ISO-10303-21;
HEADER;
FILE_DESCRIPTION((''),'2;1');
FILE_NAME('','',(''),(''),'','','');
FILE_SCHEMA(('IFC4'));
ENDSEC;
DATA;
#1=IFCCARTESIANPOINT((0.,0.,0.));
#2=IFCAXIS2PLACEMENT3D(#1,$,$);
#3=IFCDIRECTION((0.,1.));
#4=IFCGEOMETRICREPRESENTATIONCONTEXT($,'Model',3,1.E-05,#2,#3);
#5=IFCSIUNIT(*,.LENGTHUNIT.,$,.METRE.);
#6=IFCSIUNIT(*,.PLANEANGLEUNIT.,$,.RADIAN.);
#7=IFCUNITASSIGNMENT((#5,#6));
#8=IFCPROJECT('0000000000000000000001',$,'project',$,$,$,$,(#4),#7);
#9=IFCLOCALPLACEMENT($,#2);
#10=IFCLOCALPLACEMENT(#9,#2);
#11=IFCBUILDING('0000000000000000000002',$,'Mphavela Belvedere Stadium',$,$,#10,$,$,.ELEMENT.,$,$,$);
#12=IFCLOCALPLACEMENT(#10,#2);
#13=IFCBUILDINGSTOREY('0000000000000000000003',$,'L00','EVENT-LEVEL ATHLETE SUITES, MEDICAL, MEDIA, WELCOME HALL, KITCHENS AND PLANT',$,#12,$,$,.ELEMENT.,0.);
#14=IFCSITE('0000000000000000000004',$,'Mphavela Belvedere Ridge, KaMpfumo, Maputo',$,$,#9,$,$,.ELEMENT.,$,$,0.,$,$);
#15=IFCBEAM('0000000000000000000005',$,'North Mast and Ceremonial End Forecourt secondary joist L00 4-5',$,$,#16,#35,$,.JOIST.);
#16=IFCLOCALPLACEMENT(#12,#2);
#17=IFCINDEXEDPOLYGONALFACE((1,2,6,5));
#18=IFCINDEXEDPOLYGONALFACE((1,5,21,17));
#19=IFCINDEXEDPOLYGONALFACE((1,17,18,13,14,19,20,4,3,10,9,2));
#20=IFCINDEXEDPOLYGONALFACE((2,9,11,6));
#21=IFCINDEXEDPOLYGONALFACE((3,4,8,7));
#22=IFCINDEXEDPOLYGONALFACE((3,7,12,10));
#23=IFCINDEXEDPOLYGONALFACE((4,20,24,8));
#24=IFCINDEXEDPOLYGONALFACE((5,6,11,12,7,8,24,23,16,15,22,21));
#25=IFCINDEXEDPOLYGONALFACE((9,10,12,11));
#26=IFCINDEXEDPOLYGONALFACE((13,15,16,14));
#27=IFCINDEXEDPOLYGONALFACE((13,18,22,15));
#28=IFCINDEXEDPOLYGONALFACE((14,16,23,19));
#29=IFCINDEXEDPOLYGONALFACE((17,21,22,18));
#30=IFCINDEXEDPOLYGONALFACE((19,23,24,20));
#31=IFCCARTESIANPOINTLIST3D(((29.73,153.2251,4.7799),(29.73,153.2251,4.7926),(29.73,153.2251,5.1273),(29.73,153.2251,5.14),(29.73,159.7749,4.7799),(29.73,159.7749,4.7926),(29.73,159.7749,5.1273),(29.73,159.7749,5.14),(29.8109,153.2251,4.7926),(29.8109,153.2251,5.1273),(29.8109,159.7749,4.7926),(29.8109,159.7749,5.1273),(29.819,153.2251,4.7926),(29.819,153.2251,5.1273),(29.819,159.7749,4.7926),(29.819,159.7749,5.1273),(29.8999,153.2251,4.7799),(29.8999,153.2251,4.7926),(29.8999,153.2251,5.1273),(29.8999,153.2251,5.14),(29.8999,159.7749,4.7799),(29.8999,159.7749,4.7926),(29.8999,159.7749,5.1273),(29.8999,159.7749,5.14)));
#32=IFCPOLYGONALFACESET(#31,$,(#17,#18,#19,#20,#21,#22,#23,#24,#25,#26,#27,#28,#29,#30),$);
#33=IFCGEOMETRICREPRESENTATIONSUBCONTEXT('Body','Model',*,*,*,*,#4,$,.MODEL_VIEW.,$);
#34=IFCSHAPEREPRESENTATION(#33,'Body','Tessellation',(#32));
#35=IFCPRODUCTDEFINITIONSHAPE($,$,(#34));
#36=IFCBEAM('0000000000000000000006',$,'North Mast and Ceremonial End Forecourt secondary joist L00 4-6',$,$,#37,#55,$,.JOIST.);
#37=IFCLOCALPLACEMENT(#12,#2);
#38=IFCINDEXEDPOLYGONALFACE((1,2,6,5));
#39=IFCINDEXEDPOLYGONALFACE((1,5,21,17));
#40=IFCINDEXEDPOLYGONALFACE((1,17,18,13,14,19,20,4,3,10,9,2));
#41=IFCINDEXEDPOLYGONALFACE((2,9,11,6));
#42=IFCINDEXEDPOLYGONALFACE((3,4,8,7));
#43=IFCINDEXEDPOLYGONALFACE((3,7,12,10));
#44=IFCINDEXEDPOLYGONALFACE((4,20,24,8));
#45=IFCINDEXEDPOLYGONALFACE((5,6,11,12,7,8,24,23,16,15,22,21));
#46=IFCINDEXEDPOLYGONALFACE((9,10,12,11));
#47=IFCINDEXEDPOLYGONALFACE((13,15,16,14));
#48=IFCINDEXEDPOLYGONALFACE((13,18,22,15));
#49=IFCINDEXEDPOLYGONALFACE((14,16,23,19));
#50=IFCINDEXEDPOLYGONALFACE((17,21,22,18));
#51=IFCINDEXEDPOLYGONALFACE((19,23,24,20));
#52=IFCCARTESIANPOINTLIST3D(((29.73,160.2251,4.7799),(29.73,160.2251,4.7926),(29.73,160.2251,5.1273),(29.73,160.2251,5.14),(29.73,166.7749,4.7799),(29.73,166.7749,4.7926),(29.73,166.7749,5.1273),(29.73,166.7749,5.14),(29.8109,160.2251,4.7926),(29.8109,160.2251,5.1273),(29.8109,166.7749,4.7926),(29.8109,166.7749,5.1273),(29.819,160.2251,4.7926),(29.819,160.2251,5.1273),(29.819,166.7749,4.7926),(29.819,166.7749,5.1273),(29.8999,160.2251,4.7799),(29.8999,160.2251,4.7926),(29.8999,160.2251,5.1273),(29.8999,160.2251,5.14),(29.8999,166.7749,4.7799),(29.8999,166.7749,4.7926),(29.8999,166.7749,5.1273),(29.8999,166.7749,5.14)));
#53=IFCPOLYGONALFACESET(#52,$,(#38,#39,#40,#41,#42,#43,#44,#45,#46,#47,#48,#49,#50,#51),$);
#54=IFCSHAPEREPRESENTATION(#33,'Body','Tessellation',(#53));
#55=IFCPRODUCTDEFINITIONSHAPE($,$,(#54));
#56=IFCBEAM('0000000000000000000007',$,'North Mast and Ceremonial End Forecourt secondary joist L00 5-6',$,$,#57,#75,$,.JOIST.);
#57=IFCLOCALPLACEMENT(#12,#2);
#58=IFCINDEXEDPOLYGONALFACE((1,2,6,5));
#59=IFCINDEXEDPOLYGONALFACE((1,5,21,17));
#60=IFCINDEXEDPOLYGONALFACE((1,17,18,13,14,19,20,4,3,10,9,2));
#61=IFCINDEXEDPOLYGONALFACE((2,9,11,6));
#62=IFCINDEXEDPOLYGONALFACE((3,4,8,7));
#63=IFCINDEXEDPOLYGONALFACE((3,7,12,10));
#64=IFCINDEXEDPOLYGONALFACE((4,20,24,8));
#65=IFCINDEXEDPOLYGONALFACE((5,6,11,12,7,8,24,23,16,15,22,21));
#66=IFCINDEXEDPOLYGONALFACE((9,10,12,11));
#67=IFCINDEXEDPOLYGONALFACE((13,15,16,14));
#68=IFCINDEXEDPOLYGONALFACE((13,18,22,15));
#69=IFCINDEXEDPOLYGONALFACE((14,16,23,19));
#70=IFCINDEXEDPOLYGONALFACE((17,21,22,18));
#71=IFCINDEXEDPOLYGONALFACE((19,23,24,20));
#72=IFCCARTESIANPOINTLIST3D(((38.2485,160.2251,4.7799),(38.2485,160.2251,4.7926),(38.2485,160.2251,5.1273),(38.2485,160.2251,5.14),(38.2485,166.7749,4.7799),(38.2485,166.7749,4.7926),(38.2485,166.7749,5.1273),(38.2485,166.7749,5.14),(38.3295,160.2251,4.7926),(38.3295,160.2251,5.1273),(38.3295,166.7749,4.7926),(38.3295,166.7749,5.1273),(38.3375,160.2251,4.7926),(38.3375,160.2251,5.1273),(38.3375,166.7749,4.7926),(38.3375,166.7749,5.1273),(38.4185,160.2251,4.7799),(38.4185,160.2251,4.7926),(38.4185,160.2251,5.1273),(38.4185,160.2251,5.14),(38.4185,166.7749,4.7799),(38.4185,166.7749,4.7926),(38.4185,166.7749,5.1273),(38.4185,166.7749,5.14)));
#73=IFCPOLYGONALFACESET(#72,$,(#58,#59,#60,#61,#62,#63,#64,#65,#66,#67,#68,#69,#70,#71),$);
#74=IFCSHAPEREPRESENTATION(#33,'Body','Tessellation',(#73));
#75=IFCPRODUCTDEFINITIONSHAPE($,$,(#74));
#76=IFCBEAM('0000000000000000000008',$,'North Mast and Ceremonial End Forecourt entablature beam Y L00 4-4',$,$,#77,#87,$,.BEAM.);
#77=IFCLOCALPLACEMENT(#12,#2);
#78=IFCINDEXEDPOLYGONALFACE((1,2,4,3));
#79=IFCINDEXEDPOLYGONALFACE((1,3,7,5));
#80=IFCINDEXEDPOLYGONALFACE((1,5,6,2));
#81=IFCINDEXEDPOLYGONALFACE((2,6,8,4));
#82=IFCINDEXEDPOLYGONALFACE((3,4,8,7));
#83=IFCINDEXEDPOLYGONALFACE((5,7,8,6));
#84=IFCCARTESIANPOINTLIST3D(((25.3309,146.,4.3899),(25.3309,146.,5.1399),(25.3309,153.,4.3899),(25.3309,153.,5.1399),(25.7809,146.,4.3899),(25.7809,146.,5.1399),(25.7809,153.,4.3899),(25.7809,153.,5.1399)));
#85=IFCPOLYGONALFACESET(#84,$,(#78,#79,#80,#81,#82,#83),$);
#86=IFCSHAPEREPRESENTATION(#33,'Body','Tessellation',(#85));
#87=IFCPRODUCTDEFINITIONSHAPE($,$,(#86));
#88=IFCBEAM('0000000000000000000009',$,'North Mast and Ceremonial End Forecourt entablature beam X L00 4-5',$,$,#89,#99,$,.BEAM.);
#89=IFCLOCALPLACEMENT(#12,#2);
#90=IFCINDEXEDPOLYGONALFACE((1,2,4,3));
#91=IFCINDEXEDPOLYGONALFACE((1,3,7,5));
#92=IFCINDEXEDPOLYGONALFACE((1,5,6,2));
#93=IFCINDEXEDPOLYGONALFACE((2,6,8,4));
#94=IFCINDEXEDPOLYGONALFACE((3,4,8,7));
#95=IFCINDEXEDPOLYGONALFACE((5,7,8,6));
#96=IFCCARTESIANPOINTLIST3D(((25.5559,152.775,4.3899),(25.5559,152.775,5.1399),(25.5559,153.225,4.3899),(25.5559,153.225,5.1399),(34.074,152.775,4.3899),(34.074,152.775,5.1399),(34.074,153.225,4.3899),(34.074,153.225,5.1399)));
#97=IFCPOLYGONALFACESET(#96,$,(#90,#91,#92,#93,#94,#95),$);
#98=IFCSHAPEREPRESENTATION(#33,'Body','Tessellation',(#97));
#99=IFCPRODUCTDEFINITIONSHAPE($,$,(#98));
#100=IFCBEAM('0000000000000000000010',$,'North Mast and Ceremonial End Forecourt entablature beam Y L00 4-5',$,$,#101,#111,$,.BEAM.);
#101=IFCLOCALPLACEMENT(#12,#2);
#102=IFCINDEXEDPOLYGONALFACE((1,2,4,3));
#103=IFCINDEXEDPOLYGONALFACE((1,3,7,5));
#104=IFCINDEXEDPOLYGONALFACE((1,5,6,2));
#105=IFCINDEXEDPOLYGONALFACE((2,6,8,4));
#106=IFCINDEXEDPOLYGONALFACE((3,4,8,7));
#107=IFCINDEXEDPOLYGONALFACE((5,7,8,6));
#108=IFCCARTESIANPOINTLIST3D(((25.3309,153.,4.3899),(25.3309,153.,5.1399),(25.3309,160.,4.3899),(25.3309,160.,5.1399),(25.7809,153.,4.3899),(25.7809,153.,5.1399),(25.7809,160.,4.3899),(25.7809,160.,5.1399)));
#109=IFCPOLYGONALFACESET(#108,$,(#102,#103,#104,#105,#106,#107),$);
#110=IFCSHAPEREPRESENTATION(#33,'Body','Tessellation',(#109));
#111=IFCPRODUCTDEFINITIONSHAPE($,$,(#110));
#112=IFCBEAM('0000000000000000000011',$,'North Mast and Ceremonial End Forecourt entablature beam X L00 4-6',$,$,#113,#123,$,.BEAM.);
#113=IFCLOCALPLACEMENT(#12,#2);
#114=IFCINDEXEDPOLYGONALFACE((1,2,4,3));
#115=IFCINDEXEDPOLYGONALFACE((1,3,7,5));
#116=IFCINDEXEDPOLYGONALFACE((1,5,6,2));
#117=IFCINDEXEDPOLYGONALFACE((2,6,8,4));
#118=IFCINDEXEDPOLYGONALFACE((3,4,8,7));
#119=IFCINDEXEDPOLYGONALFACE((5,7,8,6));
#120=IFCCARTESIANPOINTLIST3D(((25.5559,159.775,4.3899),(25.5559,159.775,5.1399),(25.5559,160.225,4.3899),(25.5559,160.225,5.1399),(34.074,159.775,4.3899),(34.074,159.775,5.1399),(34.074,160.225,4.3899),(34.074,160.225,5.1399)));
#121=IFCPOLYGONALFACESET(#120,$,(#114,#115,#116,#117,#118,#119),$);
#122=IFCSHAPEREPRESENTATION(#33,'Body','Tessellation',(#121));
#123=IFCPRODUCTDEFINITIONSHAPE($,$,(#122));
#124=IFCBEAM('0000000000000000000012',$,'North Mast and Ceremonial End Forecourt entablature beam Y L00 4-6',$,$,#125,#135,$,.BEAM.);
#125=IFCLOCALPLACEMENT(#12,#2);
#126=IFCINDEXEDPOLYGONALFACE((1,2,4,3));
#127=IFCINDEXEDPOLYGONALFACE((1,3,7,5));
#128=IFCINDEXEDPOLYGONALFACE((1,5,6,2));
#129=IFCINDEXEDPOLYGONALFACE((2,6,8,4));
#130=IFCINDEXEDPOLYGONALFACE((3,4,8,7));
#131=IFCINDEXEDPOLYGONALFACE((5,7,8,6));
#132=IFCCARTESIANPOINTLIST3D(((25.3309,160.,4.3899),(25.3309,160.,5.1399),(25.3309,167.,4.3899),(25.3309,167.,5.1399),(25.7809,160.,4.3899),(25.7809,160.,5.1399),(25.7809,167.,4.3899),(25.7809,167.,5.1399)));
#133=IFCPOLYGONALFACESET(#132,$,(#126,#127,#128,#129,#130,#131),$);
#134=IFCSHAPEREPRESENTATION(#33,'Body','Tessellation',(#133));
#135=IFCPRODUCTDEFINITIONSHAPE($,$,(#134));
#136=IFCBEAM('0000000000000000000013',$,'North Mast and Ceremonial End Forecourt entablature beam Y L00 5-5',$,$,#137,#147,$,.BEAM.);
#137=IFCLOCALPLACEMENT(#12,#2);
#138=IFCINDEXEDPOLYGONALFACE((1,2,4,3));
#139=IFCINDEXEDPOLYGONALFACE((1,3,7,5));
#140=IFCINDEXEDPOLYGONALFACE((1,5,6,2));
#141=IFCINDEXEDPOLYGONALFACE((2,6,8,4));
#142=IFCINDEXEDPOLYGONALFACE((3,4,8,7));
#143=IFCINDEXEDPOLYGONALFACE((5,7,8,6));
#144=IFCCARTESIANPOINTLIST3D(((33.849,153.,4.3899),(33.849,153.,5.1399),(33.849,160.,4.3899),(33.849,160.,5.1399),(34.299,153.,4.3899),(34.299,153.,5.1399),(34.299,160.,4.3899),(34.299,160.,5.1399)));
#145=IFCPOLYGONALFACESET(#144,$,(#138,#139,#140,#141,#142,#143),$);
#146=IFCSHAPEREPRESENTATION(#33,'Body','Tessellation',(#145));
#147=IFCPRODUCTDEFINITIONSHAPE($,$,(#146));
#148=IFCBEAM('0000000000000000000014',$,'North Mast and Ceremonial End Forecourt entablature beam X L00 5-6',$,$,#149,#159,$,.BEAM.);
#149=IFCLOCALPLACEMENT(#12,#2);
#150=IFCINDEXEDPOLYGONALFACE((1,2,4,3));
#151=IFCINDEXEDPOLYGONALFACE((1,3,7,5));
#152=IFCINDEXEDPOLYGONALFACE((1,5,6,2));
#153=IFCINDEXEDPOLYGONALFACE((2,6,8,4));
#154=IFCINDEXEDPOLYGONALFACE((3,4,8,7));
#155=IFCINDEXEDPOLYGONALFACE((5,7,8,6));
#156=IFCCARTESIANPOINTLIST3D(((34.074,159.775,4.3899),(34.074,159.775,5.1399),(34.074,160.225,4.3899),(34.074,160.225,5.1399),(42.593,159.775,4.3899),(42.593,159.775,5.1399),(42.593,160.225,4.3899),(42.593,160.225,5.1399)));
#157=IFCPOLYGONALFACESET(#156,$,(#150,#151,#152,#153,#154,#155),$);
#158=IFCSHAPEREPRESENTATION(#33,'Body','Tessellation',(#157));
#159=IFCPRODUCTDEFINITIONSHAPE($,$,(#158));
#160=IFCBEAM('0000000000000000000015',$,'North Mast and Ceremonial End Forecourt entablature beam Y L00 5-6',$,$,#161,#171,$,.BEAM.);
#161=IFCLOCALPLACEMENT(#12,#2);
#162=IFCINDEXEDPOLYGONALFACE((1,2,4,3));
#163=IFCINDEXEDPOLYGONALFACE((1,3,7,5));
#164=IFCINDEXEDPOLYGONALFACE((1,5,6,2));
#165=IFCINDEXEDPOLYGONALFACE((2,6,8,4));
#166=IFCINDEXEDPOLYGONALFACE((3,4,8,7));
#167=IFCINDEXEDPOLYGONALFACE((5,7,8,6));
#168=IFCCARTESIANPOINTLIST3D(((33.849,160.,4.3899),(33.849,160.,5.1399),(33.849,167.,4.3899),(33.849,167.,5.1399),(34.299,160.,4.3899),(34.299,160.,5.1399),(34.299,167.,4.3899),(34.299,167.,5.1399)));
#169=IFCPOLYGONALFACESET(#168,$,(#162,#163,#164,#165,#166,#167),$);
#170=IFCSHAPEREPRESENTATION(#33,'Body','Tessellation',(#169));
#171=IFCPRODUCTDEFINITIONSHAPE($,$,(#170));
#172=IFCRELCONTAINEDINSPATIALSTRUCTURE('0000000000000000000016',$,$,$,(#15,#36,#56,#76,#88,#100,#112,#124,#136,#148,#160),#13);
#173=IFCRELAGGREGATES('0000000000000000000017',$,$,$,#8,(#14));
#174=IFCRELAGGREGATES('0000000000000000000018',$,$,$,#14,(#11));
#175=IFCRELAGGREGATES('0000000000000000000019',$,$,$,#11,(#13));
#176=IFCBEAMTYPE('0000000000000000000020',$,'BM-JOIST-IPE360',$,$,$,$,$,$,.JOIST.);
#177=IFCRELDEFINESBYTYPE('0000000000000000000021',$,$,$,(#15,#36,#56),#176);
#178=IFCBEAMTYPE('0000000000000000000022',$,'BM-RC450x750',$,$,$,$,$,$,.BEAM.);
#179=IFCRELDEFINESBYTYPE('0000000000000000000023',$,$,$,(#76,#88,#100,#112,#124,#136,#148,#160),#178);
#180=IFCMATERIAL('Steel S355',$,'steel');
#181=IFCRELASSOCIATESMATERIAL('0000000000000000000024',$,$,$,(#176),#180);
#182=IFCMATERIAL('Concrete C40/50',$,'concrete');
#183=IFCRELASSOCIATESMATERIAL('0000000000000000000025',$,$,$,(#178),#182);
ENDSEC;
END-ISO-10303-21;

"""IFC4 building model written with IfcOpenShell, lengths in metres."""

from ifc_helpers import new_model, si_unit, direction, frame, origin, origin_2d, place, context, subcontext, project, spatial, rectangle, i_section, extrude, material, material_profile, profile_set, type_object, element, save


model = new_model("IFC4")

# Units and contexts
model_context = context("Model", 3, precision=1e-05, world=origin(), true_north=direction((0.0, 1.0)))
body_context = subcontext(model_context, "Body", "Model", "MODEL_VIEW")
ifc_project = project(units=[si_unit("LENGTHUNIT", "METRE"), si_unit("PLANEANGLEUNIT", "RADIAN")], contexts=[model_context])

# Site, building, storey
site_placement = place(None, origin())
site = spatial("IfcSite", under=ifc_project, at=site_placement, Name="Mphavela Belvedere Ridge, KaMpfumo, Maputo", CompositionType="ELEMENT", RefElevation=0.0)
building_placement = place(site_placement, origin())
building = spatial("IfcBuilding", under=site, at=building_placement, Name="Mphavela Belvedere Stadium", CompositionType="ELEMENT")
storey_placement = place(building_placement, origin())
storey = spatial("IfcBuildingStorey", under=building, at=storey_placement, Name="L00", Description="EVENT-LEVEL ATHLETE SUITES, MEDICAL, MEDIA, WELCOME HALL, KITCHENS AND PLANT", CompositionType="ELEMENT", Elevation=0.0)

# Beams
ifc_material_1 = material(Name="Steel S355", Category="steel")
ifc_material_profile_1 = material_profile(ifc_material_1, i_section(OverallWidth=0.1699, OverallDepth=0.3601, WebThickness=0.0081, FlangeThickness=0.0127, at=origin_2d()), Name="IPE 360")
ifc_profile_set_1 = profile_set([ifc_material_profile_1], Name="Steel S355")
beam_type_1 = type_object("IfcBeamType", Name="BM-JOIST-IPE360", PredefinedType="JOIST", material=ifc_profile_set_1)
for number, where, z_axis, x_axis, name in (
    (1, (29.8149, 153.2251, 4.96), (0.0, 1.0, 0.0), (-1.0, 0.0, 0.0), "North Mast and Ceremonial End Forecourt secondary joist L00 4-5"),
    (2, (29.8149, 160.2251, 4.96), (0.0, 1.0, 0.0), (-1.0, 0.0, 0.0), "North Mast and Ceremonial End Forecourt secondary joist L00 4-6"),
    (3, (38.3335, 160.2251, 4.96), (0.0, 1.0, 0.0), (-1.0, 0.0, 0.0), "North Mast and Ceremonial End Forecourt secondary joist L00 5-6"),
):
    element("IfcBeam", number, at=place(storey_placement, frame(where, z_axis=z_axis, x_axis=x_axis)), inside=storey, type_object=beam_type_1, Name=name, PredefinedType="JOIST", context=body_context, shape_type="SweptSolid", body=[
        extrude(i_section(OverallWidth=0.1699, OverallDepth=0.3601, WebThickness=0.0081, FlangeThickness=0.0127, at=origin_2d()), origin(), (0.0, 0.0, 1.0), 6.5498),
    ])
ifc_material_2 = material(Name="Concrete C40/50", Category="concrete")
ifc_material_profile_2 = material_profile(ifc_material_2, rectangle(XDim=0.45, YDim=0.75, at=origin_2d()), Name="RC 450x750")
ifc_profile_set_2 = profile_set([ifc_material_profile_2], Name="Concrete C40/50")
beam_type_2 = type_object("IfcBeamType", Name="BM-RC450x750", PredefinedType="BEAM", material=ifc_profile_set_2)
beam_1_placement = place(storey_placement, frame((25.5559, 146.0, 4.7649), z_axis=(0.0, 1.0, 0.0), x_axis=(-1.0, 0.0, 0.0)))
element("IfcBeam", 4, at=beam_1_placement, inside=storey, type_object=beam_type_2, Name="North Mast and Ceremonial End Forecourt entablature beam Y L00 4-4", PredefinedType="BEAM", context=body_context, shape_type="SweptSolid", body=[
    extrude(rectangle(XDim=0.45, YDim=0.75, at=origin_2d()), origin(), (0.0, 0.0, 1.0), 7.0),
])
beam_2_placement = place(storey_placement, frame((25.5559, 153.0, 4.7649), z_axis=(1.0, 0.0, 0.0), x_axis=(0.0, 1.0, 0.0)))
element("IfcBeam", 5, at=beam_2_placement, inside=storey, type_object=beam_type_2, Name="North Mast and Ceremonial End Forecourt entablature beam X L00 4-5", PredefinedType="BEAM", context=body_context, shape_type="SweptSolid", body=[
    extrude(rectangle(XDim=0.45, YDim=0.75, at=origin_2d()), origin(), (0.0, 0.0, 1.0), 8.5181),
])
beam_3_placement = place(storey_placement, frame((25.5559, 153.0, 4.7649), z_axis=(0.0, 1.0, 0.0), x_axis=(-1.0, 0.0, 0.0)))
element("IfcBeam", 6, at=beam_3_placement, inside=storey, type_object=beam_type_2, Name="North Mast and Ceremonial End Forecourt entablature beam Y L00 4-5", PredefinedType="BEAM", context=body_context, shape_type="SweptSolid", body=[
    extrude(rectangle(XDim=0.45, YDim=0.75, at=origin_2d()), origin(), (0.0, 0.0, 1.0), 7.0),
])
beam_4_placement = place(storey_placement, frame((25.5559, 160.0, 4.7649), z_axis=(1.0, 0.0, 0.0), x_axis=(0.0, 1.0, 0.0)))
element("IfcBeam", 7, at=beam_4_placement, inside=storey, type_object=beam_type_2, Name="North Mast and Ceremonial End Forecourt entablature beam X L00 4-6", PredefinedType="BEAM", context=body_context, shape_type="SweptSolid", body=[
    extrude(rectangle(XDim=0.45, YDim=0.75, at=origin_2d()), origin(), (0.0, 0.0, 1.0), 8.5181),
])
for number, where, z_axis, x_axis, name in (
    (8, (25.5559, 160.0, 4.7649), (0.0, 1.0, 0.0), (-1.0, 0.0, 0.0), "North Mast and Ceremonial End Forecourt entablature beam Y L00 4-6"),
    (9, (34.074, 153.0, 4.7649), (0.0, 1.0, 0.0), (-1.0, 0.0, 0.0), "North Mast and Ceremonial End Forecourt entablature beam Y L00 5-5"),
):
    element("IfcBeam", number, at=place(storey_placement, frame(where, z_axis=z_axis, x_axis=x_axis)), inside=storey, type_object=beam_type_2, Name=name, PredefinedType="BEAM", context=body_context, shape_type="SweptSolid", body=[
        extrude(rectangle(XDim=0.45, YDim=0.75, at=origin_2d()), origin(), (0.0, 0.0, 1.0), 7.0),
    ])
beam_5_placement = place(storey_placement, frame((34.074, 160.0, 4.7649), z_axis=(1.0, 0.0, 0.0), x_axis=(0.0, 1.0, 0.0)))
element("IfcBeam", 10, at=beam_5_placement, inside=storey, type_object=beam_type_2, Name="North Mast and Ceremonial End Forecourt entablature beam X L00 5-6", PredefinedType="BEAM", context=body_context, shape_type="SweptSolid", body=[
    extrude(rectangle(XDim=0.45, YDim=0.75, at=origin_2d()), origin(), (0.0, 0.0, 1.0), 8.519),
])
beam_6_placement = place(storey_placement, frame((34.074, 160.0, 4.7649), z_axis=(0.0, 1.0, 0.0), x_axis=(-1.0, 0.0, 0.0)))
element("IfcBeam", 11, at=beam_6_placement, inside=storey, type_object=beam_type_2, Name="North Mast and Ceremonial End Forecourt entablature beam Y L00 5-6", PredefinedType="BEAM", context=body_context, shape_type="SweptSolid", body=[
    extrude(rectangle(XDim=0.45, YDim=0.75, at=origin_2d()), origin(), (0.0, 0.0, 1.0), 7.0),
])

save(model, "model.ifc")
